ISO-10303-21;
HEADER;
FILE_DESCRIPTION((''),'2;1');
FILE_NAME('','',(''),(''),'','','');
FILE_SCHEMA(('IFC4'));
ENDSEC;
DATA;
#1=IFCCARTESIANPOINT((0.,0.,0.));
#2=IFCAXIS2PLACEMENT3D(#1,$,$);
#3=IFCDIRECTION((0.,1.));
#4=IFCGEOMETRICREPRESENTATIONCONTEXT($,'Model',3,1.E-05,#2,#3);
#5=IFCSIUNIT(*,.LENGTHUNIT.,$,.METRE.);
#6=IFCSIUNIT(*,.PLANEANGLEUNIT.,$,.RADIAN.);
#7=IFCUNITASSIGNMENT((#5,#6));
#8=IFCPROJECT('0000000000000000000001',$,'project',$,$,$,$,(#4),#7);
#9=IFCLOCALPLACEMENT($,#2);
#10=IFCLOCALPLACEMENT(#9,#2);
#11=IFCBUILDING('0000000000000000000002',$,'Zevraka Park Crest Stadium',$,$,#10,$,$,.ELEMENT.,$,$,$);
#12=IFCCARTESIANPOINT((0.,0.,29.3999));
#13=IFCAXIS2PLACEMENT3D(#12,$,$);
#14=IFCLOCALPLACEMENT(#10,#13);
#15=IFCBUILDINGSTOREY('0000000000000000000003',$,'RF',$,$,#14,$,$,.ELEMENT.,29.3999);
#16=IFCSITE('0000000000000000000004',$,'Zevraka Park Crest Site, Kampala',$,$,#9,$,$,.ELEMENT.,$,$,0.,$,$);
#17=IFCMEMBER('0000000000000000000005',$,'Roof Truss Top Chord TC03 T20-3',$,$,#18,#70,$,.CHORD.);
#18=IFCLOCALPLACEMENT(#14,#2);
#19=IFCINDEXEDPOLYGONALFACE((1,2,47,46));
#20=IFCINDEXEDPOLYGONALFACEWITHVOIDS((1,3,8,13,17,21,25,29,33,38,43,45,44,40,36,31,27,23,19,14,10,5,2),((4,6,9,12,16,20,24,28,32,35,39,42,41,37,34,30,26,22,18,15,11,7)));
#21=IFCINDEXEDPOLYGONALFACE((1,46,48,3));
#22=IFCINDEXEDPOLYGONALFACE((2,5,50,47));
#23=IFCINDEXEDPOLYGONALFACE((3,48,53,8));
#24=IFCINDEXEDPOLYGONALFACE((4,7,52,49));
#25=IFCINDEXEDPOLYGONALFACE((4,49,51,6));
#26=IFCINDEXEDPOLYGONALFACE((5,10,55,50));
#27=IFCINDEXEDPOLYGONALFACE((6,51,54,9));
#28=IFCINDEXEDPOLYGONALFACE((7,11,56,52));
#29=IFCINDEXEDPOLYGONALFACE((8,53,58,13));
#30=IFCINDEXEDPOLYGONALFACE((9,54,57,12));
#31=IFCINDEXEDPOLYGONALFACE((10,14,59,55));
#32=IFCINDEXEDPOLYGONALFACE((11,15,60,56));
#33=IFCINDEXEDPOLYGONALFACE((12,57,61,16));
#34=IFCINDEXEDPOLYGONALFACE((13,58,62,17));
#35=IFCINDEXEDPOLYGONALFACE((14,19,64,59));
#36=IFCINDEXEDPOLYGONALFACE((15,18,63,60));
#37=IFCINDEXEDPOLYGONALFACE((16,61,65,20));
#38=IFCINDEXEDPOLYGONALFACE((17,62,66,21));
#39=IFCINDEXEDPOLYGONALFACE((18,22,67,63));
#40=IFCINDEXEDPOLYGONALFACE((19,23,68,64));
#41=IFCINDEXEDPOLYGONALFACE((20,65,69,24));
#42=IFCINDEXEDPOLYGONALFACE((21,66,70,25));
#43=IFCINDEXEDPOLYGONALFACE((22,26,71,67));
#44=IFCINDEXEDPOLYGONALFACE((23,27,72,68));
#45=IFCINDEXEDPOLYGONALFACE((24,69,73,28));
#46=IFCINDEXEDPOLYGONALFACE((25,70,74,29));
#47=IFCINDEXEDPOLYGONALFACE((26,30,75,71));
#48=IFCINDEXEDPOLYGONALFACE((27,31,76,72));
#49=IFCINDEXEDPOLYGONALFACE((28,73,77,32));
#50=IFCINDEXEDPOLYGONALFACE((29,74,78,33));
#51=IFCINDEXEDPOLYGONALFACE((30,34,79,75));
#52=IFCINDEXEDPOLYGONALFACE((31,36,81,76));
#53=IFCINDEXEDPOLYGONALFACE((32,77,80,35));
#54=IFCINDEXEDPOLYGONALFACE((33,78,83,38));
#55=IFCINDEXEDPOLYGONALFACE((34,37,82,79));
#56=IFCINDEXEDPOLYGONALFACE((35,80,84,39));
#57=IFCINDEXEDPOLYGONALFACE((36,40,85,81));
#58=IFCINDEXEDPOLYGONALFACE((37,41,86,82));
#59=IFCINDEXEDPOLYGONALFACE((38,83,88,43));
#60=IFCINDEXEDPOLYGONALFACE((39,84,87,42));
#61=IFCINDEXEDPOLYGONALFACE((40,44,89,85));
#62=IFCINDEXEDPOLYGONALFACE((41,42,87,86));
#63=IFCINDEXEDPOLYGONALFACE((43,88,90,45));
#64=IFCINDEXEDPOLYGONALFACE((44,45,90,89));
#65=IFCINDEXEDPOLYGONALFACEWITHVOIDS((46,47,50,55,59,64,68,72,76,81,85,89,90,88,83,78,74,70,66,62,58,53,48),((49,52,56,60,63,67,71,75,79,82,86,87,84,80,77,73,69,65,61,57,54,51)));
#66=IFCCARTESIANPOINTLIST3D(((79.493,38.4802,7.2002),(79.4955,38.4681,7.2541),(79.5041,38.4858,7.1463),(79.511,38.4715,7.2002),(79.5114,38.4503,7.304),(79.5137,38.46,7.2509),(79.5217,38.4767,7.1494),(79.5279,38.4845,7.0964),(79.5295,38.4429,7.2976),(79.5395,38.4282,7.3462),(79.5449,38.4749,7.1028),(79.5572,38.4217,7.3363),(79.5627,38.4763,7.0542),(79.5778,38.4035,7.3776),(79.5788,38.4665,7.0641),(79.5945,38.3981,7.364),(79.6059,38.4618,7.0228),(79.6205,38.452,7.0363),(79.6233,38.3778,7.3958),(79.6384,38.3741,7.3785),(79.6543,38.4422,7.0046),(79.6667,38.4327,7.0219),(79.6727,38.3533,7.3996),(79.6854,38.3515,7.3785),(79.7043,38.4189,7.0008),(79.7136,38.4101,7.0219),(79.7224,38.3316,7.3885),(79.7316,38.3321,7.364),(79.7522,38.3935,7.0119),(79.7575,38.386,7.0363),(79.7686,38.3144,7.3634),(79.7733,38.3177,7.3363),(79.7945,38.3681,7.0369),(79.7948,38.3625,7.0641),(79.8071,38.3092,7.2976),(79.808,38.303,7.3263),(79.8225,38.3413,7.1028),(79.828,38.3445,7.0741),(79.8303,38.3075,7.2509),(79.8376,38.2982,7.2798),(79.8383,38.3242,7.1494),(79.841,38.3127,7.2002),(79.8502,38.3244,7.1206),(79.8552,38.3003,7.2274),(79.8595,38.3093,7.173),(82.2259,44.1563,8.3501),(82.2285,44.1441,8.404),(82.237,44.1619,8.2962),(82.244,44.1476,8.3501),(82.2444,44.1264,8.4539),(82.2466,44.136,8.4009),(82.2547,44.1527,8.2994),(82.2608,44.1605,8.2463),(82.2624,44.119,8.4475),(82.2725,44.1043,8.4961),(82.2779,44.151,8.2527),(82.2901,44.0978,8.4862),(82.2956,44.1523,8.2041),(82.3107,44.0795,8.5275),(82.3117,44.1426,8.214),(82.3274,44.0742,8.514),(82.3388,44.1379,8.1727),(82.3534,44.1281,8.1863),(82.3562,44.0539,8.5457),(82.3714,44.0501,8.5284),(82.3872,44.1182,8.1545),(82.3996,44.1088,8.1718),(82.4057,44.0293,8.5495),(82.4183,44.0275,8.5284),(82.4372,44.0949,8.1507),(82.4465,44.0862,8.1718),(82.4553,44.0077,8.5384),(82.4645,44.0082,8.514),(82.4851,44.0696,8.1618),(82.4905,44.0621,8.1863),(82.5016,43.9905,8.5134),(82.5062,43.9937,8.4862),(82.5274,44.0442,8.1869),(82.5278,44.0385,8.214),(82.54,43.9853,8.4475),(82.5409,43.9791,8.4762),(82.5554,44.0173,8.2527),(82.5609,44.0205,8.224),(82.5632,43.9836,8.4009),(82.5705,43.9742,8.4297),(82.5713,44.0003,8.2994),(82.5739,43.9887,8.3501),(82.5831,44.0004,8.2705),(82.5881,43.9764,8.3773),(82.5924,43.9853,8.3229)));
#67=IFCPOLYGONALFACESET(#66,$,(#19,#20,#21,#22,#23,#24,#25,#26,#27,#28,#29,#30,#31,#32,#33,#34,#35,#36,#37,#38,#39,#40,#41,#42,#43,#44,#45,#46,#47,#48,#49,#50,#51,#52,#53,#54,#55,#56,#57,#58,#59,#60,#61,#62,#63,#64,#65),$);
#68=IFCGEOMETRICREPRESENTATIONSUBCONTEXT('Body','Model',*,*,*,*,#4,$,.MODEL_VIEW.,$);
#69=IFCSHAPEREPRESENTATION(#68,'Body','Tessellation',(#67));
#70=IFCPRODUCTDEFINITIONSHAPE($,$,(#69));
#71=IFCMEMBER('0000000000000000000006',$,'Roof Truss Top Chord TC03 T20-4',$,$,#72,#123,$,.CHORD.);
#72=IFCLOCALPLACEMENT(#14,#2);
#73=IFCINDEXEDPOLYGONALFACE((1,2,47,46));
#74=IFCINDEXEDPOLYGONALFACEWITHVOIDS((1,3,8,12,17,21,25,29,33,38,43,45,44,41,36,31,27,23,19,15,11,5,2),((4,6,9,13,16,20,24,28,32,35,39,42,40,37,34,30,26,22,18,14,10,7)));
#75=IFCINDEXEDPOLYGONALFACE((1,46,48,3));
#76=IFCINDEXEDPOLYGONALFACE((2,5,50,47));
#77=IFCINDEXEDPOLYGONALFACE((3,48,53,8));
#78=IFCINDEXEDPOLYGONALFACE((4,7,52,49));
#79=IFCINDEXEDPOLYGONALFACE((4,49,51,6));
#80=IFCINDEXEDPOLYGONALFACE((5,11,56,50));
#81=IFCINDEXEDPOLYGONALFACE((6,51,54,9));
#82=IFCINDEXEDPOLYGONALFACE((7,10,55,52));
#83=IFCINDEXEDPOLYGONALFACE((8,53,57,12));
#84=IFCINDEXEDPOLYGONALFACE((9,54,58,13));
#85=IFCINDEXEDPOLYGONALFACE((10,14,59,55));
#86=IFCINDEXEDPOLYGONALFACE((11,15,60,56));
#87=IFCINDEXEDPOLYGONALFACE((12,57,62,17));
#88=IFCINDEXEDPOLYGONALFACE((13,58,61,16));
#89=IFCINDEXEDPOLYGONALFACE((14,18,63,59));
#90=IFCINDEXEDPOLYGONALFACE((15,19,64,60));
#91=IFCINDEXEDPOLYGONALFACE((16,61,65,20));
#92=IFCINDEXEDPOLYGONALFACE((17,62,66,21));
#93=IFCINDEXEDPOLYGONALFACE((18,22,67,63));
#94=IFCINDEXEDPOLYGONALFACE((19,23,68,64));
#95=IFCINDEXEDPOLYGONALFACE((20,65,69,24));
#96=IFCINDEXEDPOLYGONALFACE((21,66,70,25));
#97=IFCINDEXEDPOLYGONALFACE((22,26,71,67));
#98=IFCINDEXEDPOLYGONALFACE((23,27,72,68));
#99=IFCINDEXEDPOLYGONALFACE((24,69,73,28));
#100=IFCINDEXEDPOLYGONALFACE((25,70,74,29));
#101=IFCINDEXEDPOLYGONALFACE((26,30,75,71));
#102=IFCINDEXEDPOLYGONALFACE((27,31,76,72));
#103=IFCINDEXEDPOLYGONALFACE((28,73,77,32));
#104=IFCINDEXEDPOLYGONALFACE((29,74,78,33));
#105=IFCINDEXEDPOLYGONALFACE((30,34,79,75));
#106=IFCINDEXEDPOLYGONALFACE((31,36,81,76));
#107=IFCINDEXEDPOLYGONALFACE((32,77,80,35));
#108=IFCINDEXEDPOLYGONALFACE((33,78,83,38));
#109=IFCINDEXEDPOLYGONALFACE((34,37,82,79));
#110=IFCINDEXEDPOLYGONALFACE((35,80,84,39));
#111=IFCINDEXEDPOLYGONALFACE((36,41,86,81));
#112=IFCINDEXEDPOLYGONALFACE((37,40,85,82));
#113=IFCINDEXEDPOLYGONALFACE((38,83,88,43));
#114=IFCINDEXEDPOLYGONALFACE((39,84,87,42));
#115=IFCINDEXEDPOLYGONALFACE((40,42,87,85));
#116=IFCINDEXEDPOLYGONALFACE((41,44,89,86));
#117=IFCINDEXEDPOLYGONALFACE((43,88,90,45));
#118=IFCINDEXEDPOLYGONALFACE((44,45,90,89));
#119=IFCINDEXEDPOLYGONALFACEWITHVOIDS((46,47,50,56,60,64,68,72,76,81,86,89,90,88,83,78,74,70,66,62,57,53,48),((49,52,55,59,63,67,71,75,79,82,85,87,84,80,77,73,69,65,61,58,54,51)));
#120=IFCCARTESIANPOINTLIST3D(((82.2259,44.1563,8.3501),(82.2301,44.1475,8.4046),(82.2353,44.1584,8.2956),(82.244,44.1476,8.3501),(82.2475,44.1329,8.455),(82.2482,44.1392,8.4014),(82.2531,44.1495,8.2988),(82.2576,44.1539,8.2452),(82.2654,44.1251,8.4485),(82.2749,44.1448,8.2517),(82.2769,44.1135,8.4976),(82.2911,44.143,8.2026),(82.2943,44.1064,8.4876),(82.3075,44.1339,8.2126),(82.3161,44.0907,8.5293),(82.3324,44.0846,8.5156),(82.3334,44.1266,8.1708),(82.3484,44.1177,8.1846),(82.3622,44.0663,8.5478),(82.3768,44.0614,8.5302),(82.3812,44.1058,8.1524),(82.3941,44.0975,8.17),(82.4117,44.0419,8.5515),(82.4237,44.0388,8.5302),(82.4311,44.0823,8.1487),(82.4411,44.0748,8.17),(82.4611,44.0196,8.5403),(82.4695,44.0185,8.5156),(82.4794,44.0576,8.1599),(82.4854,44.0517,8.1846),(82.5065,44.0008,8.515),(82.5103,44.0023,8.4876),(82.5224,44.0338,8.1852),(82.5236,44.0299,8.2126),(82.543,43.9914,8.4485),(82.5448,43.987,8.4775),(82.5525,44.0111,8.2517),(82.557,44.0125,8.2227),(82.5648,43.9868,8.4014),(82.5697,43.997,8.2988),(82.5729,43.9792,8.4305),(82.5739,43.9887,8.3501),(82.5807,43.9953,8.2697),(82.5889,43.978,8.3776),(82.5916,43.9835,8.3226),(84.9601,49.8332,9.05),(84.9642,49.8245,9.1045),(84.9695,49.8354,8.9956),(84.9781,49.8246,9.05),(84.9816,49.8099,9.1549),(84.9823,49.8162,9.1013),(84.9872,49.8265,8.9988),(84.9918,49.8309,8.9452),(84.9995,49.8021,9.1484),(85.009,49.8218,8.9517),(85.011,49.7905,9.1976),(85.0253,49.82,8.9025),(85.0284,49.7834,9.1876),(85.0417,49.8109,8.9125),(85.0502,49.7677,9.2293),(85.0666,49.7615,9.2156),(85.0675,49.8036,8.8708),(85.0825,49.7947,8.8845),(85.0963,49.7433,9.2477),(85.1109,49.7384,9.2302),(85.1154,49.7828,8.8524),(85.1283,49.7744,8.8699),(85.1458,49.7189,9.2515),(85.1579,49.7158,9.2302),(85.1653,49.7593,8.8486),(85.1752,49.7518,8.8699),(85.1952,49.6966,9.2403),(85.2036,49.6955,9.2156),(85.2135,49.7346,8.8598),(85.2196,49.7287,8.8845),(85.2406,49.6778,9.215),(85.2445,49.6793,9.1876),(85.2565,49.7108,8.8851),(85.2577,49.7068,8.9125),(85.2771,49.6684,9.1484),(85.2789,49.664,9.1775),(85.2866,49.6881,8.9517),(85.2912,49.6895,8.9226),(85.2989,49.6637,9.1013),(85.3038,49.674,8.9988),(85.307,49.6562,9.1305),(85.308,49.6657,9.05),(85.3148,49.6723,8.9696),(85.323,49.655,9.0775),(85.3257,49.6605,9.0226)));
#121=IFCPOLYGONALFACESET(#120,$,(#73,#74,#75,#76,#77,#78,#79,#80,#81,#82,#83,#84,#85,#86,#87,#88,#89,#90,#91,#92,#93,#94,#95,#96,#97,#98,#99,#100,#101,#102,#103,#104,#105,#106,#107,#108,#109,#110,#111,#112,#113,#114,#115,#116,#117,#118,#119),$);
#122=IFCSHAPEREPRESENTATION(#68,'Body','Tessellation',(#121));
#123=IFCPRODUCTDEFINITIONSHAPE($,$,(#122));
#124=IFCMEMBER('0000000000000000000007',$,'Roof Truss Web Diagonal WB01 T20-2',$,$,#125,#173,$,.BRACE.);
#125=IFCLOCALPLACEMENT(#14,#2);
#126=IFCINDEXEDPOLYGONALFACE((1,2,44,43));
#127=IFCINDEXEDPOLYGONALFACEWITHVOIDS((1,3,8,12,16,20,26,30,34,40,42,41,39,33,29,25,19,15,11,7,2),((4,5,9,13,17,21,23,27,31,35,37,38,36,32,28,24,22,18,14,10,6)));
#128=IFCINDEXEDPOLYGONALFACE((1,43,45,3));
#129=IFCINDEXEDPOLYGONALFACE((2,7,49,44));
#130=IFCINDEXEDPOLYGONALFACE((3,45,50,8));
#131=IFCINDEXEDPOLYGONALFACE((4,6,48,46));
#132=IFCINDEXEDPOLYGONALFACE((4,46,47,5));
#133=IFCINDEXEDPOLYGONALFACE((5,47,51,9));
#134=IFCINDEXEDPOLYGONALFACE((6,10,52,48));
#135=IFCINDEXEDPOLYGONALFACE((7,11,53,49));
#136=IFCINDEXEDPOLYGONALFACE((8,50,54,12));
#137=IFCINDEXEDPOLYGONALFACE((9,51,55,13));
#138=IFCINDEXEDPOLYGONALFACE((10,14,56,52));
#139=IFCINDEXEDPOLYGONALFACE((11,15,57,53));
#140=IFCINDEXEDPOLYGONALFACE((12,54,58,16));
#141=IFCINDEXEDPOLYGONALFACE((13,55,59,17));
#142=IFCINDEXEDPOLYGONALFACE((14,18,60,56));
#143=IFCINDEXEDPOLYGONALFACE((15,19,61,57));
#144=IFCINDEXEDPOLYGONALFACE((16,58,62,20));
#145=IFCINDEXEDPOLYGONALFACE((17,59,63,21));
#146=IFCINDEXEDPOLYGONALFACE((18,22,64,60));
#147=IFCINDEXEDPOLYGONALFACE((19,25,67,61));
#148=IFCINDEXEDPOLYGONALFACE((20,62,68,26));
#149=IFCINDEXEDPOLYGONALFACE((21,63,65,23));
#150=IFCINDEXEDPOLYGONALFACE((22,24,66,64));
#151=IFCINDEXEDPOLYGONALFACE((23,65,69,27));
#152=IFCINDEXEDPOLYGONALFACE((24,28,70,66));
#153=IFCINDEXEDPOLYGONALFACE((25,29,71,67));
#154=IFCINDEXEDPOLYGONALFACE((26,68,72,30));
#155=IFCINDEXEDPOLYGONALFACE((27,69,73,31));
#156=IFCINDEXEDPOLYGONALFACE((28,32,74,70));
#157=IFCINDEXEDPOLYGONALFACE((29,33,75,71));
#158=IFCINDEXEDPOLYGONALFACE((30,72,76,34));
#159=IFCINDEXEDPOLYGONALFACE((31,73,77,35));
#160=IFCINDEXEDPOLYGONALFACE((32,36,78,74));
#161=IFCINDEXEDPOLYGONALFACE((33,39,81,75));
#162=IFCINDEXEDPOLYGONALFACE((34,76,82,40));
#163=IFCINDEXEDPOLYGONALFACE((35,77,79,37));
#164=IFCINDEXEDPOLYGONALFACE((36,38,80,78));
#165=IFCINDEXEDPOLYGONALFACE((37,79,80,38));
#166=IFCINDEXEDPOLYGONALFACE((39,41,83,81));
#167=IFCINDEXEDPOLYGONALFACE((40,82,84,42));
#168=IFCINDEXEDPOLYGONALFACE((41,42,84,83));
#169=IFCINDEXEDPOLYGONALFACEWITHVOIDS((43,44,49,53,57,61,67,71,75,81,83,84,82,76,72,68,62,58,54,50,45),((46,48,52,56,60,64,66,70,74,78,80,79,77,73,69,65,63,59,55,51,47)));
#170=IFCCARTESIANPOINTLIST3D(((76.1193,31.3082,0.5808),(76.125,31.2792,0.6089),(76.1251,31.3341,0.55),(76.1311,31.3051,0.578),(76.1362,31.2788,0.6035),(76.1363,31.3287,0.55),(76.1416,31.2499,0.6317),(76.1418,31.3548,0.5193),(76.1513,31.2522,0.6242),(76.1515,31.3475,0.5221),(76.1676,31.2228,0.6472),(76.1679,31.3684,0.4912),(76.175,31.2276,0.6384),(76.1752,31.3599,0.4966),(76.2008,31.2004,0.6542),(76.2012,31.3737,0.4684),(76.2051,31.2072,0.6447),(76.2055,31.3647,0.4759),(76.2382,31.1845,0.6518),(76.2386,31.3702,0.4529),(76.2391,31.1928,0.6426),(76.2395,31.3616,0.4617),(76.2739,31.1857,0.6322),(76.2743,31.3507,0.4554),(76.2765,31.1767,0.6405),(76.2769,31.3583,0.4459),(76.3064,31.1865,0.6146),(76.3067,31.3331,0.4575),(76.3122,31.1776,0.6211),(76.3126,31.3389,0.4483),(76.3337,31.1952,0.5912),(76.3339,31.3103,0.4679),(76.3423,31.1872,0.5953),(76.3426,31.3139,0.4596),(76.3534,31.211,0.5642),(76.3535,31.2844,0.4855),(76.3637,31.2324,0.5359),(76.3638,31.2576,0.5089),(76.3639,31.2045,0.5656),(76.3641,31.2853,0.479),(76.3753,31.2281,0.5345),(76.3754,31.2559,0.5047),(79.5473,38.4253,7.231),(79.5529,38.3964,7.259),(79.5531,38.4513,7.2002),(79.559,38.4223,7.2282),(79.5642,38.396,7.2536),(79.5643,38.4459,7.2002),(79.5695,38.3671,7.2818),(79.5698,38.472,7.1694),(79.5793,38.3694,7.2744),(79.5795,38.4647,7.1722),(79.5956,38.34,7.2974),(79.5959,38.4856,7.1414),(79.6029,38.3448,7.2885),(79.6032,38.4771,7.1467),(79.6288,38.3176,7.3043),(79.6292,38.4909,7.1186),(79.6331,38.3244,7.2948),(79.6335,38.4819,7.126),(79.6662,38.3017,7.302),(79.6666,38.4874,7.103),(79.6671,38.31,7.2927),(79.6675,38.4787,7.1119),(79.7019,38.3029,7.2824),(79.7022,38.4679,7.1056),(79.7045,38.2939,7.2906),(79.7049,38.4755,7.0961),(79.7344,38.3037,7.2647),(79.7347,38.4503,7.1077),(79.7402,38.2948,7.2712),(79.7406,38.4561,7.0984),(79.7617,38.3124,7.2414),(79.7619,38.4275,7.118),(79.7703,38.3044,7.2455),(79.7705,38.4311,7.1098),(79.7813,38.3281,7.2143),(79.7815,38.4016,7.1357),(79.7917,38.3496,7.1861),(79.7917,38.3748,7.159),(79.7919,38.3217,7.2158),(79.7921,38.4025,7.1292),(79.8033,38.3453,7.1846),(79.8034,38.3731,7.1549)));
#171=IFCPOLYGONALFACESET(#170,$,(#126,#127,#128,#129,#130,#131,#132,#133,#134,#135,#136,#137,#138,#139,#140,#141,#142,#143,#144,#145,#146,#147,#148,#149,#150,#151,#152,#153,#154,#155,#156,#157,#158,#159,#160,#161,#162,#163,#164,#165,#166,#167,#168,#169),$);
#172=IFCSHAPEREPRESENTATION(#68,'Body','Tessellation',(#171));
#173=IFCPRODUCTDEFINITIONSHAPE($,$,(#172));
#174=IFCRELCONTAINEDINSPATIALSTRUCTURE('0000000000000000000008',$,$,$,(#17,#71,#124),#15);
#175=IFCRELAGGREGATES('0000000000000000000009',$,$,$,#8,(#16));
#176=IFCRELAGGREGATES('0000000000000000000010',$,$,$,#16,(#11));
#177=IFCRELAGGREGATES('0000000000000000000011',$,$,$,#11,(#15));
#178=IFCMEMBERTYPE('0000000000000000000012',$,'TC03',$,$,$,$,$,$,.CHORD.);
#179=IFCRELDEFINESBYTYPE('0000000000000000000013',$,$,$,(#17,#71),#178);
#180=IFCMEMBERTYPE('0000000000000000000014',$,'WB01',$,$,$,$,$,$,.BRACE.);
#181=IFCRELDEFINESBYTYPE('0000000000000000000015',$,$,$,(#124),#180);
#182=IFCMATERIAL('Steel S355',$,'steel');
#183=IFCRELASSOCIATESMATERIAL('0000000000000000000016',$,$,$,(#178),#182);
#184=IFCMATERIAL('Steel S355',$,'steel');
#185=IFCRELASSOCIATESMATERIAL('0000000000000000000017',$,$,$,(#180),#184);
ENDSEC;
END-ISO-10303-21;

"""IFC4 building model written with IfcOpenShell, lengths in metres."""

from ifc_helpers import new_model, si_unit, direction, frame, origin, origin_2d, place, context, subcontext, project, spatial, hollow_circle, extrude, material, material_profile, profile_set, type_object, element, save


model = new_model("IFC4")

# Units and contexts
model_context = context("Model", 3, precision=1e-05, world=origin(), true_north=direction((0.0, 1.0)))
body_context = subcontext(model_context, "Body", "Model", "MODEL_VIEW")
ifc_project = project(units=[si_unit("LENGTHUNIT", "METRE"), si_unit("PLANEANGLEUNIT", "RADIAN")], contexts=[model_context])

# Site, building, storey
site_placement = place(None, origin())
site = spatial("IfcSite", under=ifc_project, at=site_placement, Name="Zevraka Park Crest Site, Kampala", CompositionType="ELEMENT", RefElevation=0.0)
building_placement = place(site_placement, origin())
building = spatial("IfcBuilding", under=site, at=building_placement, Name="Zevraka Park Crest Stadium", CompositionType="ELEMENT")
storey_placement = place(building_placement, frame((0.0, 0.0, 29.3999)))
storey = spatial("IfcBuildingStorey", under=building, at=storey_placement, Name="RF", CompositionType="ELEMENT", Elevation=29.3999)

# Members
ifc_material_1 = material(Name="Steel S355", Category="steel")
ifc_material_profile_1 = material_profile(ifc_material_1, hollow_circle(Radius=0.2031, WallThickness=0.02, at=origin_2d()), Name="CHS 406.4x20")
ifc_profile_set_1 = profile_set([ifc_material_profile_1], Name="Steel S355")
member_type_1 = type_object("IfcMemberType", Name="TC03", PredefinedType="CHORD", material=ifc_profile_set_1)
member_1_placement = place(storey_placement, frame((79.676, 38.3921, 7.2002), z_axis=(0.426765, 0.886356, 0.179566), x_axis=(-0.901001, 0.433817, 0.0)))
element("IfcMember", 1, at=member_1_placement, inside=storey, type_object=member_type_1, Name="Roof Truss Top Chord TC03 T20-3", PredefinedType="CHORD", context=body_context, shape_type="SweptSolid", body=[
    extrude(hollow_circle(Radius=0.2031, WallThickness=0.02, at=origin_2d()), origin(), (0.0, 0.0, 1.0), 6.4038),
])
member_2_placement = place(storey_placement, frame((82.4089, 44.0681, 8.3501), z_axis=(0.431261, 0.895447, 0.110405), x_axis=(-0.900955, 0.433913, 0.0)))
element("IfcMember", 2, at=member_2_placement, inside=storey, type_object=member_type_1, Name="Roof Truss Top Chord TC03 T20-4", PredefinedType="CHORD", context=body_context, shape_type="SweptSolid", body=[
    extrude(hollow_circle(Radius=0.2031, WallThickness=0.02, at=origin_2d()), origin(), (0.0, 0.0, 1.0), 6.3398),
])
ifc_material_2 = material(Name="Steel S355", Category="steel")
ifc_material_profile_2 = material_profile(ifc_material_2, hollow_circle(Radius=0.1365, WallThickness=0.0125, at=origin_2d()), Name="CHS 273.0x12.5")
ifc_profile_set_2 = profile_set([ifc_material_profile_2], Name="Steel S355")
member_type_2 = type_object("IfcMemberType", Name="WB01", PredefinedType="BRACE", material=ifc_profile_set_2)
member_3_placement = place(storey_placement, frame((76.248, 31.2749, 0.55), z_axis=(0.33197, 0.689238, 0.644009), x_axis=(-0.900943, 0.433937, 0.0)))
element("IfcMember", 3, at=member_3_placement, inside=storey, type_object=member_type_2, Name="Roof Truss Web Diagonal WB01 T20-2", PredefinedType="BRACE", context=body_context, shape_type="SweptSolid", body=[
    extrude(hollow_circle(Radius=0.1365, WallThickness=0.0125, at=origin_2d()), origin(), (0.0, 0.0, 1.0), 10.3262),
])

save(model, "model.ifc")
